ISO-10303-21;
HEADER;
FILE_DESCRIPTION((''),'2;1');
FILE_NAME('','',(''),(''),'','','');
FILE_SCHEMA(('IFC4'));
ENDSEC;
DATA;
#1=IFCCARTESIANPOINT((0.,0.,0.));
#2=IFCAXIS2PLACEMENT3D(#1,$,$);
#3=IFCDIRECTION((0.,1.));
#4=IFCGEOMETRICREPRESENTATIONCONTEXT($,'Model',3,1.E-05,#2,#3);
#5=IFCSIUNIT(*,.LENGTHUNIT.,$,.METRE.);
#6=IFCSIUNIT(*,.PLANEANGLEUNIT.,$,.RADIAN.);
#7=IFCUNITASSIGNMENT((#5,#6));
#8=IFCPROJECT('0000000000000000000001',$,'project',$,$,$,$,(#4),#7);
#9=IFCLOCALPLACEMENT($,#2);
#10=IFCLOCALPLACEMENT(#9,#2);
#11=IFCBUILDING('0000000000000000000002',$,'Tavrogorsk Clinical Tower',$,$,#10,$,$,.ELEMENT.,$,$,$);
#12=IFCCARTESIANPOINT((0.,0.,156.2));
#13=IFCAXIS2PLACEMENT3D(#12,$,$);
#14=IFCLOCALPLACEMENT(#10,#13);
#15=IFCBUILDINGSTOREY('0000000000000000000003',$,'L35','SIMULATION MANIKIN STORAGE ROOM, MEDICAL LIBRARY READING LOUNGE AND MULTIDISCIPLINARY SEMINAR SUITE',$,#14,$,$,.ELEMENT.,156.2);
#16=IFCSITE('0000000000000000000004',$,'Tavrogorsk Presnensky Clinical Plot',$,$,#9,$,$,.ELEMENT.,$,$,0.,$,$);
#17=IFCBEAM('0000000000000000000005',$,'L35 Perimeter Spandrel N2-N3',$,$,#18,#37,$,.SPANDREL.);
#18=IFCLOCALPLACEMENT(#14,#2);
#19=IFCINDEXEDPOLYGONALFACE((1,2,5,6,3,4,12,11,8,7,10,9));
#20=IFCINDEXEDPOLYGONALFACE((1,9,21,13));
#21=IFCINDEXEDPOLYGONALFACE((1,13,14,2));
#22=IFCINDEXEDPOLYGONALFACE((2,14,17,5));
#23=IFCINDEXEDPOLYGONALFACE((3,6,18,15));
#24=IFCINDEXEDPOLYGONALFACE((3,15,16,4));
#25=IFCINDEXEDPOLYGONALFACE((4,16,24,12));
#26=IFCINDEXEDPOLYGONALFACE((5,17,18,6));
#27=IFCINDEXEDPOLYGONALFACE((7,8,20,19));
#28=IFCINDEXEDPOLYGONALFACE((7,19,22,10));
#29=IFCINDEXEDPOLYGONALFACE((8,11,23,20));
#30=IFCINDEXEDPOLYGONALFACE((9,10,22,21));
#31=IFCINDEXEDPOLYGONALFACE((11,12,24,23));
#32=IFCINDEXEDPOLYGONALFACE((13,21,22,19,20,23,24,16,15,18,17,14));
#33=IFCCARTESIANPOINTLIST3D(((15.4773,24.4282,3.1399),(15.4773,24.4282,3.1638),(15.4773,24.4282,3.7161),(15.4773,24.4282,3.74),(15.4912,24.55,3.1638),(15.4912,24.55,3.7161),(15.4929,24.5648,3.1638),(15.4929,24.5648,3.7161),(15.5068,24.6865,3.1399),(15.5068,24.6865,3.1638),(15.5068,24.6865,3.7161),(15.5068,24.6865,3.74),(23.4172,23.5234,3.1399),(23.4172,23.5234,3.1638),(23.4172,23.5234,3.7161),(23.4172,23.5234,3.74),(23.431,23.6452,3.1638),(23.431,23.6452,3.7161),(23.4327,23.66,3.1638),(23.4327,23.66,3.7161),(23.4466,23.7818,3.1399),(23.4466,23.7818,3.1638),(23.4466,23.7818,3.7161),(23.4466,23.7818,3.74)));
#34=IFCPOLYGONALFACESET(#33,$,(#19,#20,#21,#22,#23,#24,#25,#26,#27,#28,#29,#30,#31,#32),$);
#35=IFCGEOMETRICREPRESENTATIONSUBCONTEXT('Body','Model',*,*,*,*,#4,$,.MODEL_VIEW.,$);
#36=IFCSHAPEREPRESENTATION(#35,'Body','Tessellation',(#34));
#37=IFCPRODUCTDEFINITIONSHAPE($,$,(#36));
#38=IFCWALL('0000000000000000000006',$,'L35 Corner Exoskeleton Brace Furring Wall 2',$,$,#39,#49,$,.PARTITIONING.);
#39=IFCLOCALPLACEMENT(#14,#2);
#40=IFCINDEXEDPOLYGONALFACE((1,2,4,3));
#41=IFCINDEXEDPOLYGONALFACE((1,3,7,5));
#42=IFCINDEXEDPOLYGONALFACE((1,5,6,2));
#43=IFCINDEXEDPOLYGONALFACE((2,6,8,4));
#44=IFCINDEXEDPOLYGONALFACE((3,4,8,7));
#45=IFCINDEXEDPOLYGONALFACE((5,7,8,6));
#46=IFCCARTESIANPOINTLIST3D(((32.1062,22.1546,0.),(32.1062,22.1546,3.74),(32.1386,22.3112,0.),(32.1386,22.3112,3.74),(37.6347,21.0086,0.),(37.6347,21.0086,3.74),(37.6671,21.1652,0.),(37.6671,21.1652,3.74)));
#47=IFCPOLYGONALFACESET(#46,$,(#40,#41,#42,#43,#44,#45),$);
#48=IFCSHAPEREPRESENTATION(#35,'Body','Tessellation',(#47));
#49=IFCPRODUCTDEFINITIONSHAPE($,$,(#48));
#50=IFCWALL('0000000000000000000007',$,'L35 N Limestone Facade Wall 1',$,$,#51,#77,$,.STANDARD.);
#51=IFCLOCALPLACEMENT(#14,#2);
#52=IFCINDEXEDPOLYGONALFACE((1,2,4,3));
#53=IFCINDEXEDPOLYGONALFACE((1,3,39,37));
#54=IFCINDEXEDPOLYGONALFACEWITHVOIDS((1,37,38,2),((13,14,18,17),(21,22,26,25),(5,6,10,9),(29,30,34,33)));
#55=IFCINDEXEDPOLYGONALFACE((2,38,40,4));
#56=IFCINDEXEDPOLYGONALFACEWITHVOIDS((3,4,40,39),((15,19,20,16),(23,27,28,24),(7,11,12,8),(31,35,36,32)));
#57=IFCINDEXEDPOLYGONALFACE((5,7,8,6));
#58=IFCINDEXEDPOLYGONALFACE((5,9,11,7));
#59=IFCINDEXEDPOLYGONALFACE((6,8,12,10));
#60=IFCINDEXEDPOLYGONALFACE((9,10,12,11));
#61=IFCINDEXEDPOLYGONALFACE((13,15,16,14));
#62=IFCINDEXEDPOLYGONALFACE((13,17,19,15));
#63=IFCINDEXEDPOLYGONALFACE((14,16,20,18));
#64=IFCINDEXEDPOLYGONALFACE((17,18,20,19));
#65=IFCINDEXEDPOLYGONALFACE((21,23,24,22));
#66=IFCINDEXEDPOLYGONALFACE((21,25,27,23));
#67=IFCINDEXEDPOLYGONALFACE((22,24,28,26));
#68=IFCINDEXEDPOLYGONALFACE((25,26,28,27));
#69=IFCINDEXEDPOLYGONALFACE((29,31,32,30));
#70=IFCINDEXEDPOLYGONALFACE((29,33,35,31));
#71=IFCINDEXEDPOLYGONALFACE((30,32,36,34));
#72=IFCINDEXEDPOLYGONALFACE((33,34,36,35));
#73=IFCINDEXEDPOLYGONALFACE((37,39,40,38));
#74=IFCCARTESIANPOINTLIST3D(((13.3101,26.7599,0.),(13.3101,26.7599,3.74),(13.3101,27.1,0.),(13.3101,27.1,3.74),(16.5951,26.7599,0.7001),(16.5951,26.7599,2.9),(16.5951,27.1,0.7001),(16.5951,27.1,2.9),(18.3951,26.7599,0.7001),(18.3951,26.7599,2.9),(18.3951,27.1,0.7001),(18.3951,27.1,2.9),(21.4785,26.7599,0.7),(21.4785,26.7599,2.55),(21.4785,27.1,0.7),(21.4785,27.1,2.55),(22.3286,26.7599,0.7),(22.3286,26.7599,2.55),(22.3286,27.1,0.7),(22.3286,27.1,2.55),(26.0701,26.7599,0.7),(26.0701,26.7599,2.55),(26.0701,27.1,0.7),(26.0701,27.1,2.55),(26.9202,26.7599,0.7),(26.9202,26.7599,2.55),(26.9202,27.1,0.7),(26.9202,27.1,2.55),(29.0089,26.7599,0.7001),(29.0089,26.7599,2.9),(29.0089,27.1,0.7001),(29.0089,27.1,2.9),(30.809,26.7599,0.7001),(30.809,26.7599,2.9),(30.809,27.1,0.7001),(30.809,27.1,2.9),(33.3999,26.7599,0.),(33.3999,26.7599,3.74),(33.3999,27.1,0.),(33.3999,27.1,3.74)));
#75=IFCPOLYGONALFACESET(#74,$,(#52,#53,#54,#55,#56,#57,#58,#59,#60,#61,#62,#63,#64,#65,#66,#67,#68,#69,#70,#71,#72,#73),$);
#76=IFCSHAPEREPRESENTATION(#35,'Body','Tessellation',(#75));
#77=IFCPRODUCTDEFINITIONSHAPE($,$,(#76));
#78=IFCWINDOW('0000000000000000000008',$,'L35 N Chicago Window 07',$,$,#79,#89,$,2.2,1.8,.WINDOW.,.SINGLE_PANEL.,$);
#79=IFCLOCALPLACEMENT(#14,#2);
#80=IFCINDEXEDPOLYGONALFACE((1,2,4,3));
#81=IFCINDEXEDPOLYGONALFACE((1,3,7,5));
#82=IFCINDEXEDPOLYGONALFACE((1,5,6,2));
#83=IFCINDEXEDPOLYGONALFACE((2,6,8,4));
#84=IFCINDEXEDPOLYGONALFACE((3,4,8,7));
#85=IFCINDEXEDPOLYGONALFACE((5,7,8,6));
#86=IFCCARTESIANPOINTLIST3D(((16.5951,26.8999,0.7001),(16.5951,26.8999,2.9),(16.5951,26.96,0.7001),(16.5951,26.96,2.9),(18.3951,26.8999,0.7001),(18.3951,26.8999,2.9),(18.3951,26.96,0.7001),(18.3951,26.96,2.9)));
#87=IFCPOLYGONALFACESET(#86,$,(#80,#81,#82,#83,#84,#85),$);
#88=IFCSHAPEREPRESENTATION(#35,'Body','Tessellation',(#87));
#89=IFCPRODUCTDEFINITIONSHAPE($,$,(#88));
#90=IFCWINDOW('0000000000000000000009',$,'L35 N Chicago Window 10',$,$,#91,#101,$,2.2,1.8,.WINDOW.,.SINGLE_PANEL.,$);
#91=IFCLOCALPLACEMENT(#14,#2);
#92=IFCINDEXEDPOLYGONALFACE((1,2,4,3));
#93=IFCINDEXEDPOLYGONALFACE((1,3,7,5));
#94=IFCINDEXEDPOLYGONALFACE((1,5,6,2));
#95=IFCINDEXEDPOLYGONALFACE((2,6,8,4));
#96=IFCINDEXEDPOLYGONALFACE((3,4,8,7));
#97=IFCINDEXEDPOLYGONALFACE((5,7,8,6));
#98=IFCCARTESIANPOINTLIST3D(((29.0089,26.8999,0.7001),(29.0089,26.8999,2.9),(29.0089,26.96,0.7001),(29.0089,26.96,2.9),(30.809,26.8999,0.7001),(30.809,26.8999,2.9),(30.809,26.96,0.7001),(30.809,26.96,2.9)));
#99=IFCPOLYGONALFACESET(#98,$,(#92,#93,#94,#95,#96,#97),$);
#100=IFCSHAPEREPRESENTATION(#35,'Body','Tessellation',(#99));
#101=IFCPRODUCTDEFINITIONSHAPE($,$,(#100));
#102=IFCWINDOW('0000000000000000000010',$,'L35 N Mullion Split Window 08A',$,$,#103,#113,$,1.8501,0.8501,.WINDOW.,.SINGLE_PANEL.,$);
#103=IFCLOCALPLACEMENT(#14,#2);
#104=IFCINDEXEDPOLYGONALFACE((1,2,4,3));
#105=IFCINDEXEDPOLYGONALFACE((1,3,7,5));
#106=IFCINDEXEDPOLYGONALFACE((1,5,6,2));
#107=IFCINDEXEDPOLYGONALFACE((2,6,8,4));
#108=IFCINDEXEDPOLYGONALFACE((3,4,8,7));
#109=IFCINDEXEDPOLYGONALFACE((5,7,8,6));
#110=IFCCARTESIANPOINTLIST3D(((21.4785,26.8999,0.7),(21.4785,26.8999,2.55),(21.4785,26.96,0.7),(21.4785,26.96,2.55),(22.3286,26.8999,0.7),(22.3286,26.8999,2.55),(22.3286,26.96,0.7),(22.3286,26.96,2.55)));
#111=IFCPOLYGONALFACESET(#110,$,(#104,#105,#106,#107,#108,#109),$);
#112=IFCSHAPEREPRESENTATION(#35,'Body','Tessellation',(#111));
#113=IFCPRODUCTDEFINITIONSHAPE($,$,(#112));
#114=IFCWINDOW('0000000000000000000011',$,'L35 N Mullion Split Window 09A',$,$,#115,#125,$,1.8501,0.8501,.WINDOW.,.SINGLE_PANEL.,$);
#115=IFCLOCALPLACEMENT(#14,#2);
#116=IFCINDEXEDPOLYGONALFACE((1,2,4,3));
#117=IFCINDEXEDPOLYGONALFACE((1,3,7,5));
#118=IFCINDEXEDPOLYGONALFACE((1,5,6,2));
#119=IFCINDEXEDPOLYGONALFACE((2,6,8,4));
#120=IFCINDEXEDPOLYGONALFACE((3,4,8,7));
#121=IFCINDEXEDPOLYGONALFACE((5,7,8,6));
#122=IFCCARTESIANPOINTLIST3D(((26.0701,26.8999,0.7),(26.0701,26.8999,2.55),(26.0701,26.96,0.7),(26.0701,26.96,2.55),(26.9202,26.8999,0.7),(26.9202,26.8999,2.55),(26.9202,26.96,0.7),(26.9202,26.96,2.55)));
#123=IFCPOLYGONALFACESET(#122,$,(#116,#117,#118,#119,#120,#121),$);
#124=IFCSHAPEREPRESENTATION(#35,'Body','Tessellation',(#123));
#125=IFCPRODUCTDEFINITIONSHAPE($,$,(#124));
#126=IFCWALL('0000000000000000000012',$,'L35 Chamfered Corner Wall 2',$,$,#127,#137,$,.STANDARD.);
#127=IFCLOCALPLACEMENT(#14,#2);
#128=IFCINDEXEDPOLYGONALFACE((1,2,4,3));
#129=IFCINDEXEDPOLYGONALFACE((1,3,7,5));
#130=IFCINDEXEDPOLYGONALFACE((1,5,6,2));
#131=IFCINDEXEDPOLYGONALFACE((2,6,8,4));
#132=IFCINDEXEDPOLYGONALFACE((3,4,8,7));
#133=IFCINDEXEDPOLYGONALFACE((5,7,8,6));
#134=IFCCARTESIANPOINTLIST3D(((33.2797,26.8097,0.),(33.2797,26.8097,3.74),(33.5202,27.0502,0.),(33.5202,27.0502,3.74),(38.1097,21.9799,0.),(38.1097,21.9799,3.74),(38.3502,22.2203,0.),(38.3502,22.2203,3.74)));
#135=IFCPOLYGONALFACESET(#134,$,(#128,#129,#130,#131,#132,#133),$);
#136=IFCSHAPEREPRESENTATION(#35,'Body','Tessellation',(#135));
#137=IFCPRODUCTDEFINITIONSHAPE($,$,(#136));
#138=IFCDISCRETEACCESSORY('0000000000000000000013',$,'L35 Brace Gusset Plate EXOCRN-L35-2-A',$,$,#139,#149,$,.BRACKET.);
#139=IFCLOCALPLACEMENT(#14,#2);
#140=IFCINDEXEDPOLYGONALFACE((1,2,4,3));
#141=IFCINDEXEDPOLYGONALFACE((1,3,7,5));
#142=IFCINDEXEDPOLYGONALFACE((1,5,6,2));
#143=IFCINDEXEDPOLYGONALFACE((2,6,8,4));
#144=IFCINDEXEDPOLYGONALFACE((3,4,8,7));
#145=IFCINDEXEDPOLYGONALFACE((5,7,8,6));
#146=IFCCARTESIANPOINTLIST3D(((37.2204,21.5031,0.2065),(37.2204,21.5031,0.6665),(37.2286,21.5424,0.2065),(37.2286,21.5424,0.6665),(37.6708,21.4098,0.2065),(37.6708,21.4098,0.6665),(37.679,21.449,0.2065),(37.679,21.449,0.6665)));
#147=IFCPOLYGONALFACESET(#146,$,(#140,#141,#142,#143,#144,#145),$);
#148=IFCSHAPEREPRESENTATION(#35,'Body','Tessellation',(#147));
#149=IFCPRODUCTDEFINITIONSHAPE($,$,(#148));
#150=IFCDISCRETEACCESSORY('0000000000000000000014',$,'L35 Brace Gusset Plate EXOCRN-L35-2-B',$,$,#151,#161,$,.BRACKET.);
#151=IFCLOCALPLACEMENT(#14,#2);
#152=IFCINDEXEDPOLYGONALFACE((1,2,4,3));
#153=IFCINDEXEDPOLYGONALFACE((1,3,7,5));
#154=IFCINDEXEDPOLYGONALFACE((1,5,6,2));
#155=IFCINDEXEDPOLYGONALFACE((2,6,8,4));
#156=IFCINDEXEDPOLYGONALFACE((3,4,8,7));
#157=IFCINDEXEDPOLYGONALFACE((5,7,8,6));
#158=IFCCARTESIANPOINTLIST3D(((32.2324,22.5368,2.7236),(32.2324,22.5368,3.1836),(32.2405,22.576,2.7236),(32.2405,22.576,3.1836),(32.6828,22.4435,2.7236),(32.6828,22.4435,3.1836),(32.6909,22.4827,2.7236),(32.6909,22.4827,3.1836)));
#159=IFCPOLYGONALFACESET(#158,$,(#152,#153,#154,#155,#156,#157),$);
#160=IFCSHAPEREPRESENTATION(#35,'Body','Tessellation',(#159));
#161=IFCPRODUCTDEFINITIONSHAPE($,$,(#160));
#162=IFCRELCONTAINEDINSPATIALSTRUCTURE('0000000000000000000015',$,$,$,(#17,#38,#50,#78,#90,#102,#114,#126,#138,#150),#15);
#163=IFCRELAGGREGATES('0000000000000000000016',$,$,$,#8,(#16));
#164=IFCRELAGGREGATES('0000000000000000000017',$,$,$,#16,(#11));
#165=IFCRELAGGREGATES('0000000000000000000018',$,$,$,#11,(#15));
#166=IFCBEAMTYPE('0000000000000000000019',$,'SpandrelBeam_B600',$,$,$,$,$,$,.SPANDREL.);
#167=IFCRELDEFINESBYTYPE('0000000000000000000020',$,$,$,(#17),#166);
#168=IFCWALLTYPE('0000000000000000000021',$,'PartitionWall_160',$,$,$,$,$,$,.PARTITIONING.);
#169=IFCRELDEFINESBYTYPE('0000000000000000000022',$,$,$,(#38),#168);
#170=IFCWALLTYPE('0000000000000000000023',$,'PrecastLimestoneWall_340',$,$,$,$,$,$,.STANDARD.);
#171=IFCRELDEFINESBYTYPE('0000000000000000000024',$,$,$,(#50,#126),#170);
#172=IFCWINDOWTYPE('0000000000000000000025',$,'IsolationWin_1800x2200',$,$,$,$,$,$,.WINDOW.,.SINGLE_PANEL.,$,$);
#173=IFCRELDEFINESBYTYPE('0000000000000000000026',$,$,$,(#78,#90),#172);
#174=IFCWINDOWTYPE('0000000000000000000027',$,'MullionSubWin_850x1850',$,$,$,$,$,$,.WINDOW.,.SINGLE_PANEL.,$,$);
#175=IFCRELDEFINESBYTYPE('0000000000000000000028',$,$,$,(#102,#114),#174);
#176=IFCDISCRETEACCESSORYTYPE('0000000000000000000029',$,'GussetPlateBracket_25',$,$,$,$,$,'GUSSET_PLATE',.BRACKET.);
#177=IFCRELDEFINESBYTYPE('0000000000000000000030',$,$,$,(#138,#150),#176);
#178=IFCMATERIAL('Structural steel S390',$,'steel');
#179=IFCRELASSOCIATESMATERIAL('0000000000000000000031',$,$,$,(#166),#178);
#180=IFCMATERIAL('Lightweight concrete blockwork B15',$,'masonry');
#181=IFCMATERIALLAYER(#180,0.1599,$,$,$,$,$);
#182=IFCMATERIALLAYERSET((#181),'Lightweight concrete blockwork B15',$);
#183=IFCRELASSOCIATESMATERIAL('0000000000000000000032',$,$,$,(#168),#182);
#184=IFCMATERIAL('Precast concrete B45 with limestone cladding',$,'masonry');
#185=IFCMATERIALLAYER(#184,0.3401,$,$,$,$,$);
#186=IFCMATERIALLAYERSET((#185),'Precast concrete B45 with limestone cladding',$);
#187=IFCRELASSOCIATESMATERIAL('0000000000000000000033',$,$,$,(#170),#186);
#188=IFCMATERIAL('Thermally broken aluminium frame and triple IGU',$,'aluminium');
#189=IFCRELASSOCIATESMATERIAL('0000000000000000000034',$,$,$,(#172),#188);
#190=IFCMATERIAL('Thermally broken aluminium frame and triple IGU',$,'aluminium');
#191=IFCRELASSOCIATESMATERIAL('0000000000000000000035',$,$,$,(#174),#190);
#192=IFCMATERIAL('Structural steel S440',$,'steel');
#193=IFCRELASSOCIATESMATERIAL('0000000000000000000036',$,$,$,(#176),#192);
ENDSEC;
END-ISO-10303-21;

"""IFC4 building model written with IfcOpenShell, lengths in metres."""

from ifc_helpers import new_model, si_unit, direction, frame, frame_2d, origin, origin_2d, place, context, subcontext, project, spatial, rectangle, i_section, extrude, material, layer, layer_set, material_profile, profile_set, type_object, element, fill, save


model = new_model("IFC4")

# Units and contexts
model_context = context("Model", 3, precision=1e-05, world=origin(), true_north=direction((0.0, 1.0)))
body_context = subcontext(model_context, "Body", "Model", "MODEL_VIEW")
ifc_project = project(units=[si_unit("LENGTHUNIT", "METRE"), si_unit("PLANEANGLEUNIT", "RADIAN")], contexts=[model_context])

# Site, building, storey
site_placement = place(None, origin())
site = spatial("IfcSite", under=ifc_project, at=site_placement, Name="Tavrogorsk Presnensky Clinical Plot", CompositionType="ELEMENT", RefElevation=0.0)
building_placement = place(site_placement, origin())
building = spatial("IfcBuilding", under=site, at=building_placement, Name="Tavrogorsk Clinical Tower", CompositionType="ELEMENT")
storey_placement = place(building_placement, frame((0.0, 0.0, 156.2)))
storey = spatial("IfcBuildingStorey", under=building, at=storey_placement, Name="L35", Description="SIMULATION MANIKIN STORAGE ROOM, MEDICAL LIBRARY READING LOUNGE AND MULTIDISCIPLINARY SEMINAR SUITE", CompositionType="ELEMENT", Elevation=156.2)

# Beam
ifc_material_1 = material(Name="Structural steel S390", Category="steel")
ifc_material_profile_1 = material_profile(ifc_material_1, i_section(OverallWidth=0.26, OverallDepth=0.6001, WebThickness=0.0149, FlangeThickness=0.0239, at=origin_2d()), Name="B-600x260x15x24")
ifc_profile_set_1 = profile_set([ifc_material_profile_1], Name="Structural steel S390")
beam_type_1 = type_object("IfcBeamType", Name="SpandrelBeam_B600", PredefinedType="SPANDREL", material=ifc_profile_set_1)
beam_1_placement = place(storey_placement, frame((23.4319, 23.6526, 3.4399), z_axis=(-0.99357, 0.113221, 0.0), x_axis=(-0.113221, -0.99357, 0.0)))
element("IfcBeam", 1, at=beam_1_placement, inside=storey, type_object=beam_type_1, Name="L35 Perimeter Spandrel N2-N3", PredefinedType="SPANDREL", context=body_context, shape_type="SweptSolid", body=[
    extrude(i_section(OverallWidth=0.26, OverallDepth=0.6001, WebThickness=0.0149, FlangeThickness=0.0239, at=origin_2d()), origin(), (0.0, 0.0, 1.0), 7.9912),
])

# Wall
ifc_material_2 = material(Name="Lightweight concrete blockwork B15", Category="masonry")
ifc_layer_1 = layer(ifc_material_2, 0.1599)
ifc_layer_set_1 = layer_set([ifc_layer_1], Name="Lightweight concrete blockwork B15")
wall_type_1 = type_object("IfcWallType", Name="PartitionWall_160", PredefinedType="PARTITIONING", material=ifc_layer_set_1)
wall_1_placement = place(storey_placement, frame((37.6509, 21.0869, 0.0), z_axis=(0.0, 0.0, 1.0), x_axis=(-0.979185, 0.202972, 0.0)))
element("IfcWall", 2, at=wall_1_placement, inside=storey, type_object=wall_type_1, Name="L35 Corner Exoskeleton Brace Furring Wall 2", PredefinedType="PARTITIONING", context=body_context, shape_type="SweptSolid", body=[
    extrude(rectangle(XDim=5.646, YDim=0.1599, at=frame_2d((2.823, 0.0))), origin(), (0.0, 0.0, 1.0), 3.74),
])

# Wall, openings, windows
ifc_material_3 = material(Name="Precast concrete B45 with limestone cladding", Category="masonry")
ifc_layer_2 = layer(ifc_material_3, 0.3401)
ifc_layer_set_2 = layer_set([ifc_layer_2], Name="Precast concrete B45 with limestone cladding")
wall_type_2 = type_object("IfcWallType", Name="PrecastLimestoneWall_340", PredefinedType="STANDARD", material=ifc_layer_set_2)
wall_2_placement = place(storey_placement, frame((33.3999, 26.9299, 0.0), z_axis=(0.0, 0.0, 1.0), x_axis=(-1.0, 0.0, 0.0)))
wall_2 = element("IfcWall", 3, at=wall_2_placement, inside=storey, type_object=wall_type_2, Name="L35 N Limestone Facade Wall 1", PredefinedType="STANDARD", context=body_context, shape_type="SweptSolid", body=[
    extrude(rectangle(XDim=20.0898, YDim=0.3401, at=frame_2d((10.0449, 0.0))), origin(), (0.0, 0.0, 1.0), 3.74),
])
opening_1_placement = place(wall_2_placement, frame((15.0049, 0.0, 0.7)))
opening_1 = element("IfcOpeningElement", 4, at=opening_1_placement, cuts=wall_2, PredefinedType="OPENING", context=body_context, shape_type="SweptSolid", body=[
    extrude(rectangle(XDim=1.8, YDim=2.2, at=frame_2d((0.8999, 1.1001))), frame((0.0, 0.1799, 0.0), z_axis=(0.0, -1.0, 0.0), x_axis=(1.0, 0.0, 0.0)), (0.0, 0.0, 1.0), 0.3601),
])
opening_2_placement = place(wall_2_placement, frame((11.0713, 0.0, 0.7)))
opening_2 = element("IfcOpeningElement", 5, at=opening_2_placement, cuts=wall_2, PredefinedType="OPENING", context=body_context, shape_type="SweptSolid", body=[
    extrude(rectangle(XDim=0.8501, YDim=1.8501, at=frame_2d((0.425, 0.925))), frame((0.0, 0.1799, 0.0), z_axis=(0.0, -1.0, 0.0), x_axis=(1.0, 0.0, 0.0)), (0.0, 0.0, 1.0), 0.3601),
])
opening_3_placement = place(wall_2_placement, frame((6.4797, 0.0, 0.7)))
opening_3 = element("IfcOpeningElement", 6, at=opening_3_placement, cuts=wall_2, PredefinedType="OPENING", context=body_context, shape_type="SweptSolid", body=[
    extrude(rectangle(XDim=0.8501, YDim=1.8501, at=frame_2d((0.425, 0.925))), frame((0.0, 0.1799, 0.0), z_axis=(0.0, -1.0, 0.0), x_axis=(1.0, 0.0, 0.0)), (0.0, 0.0, 1.0), 0.3601),
])
opening_4_placement = place(wall_2_placement, frame((2.5911, 0.0, 0.7)))
opening_4 = element("IfcOpeningElement", 7, at=opening_4_placement, cuts=wall_2, PredefinedType="OPENING", context=body_context, shape_type="SweptSolid", body=[
    extrude(rectangle(XDim=1.8, YDim=2.2, at=frame_2d((0.8999, 1.1001))), frame((0.0, 0.1799, 0.0), z_axis=(0.0, -1.0, 0.0), x_axis=(1.0, 0.0, 0.0)), (0.0, 0.0, 1.0), 0.3601),
])
ifc_material_4 = material(Name="Thermally broken aluminium frame and triple IGU", Category="aluminium")
window_type_1 = type_object("IfcWindowType", Name="IsolationWin_1800x2200", PartitioningType="SINGLE_PANEL", PredefinedType="WINDOW", material=ifc_material_4)
window_1_placement = place(opening_1_placement, origin())
window_1 = element("IfcWindow", 8, at=window_1_placement, inside=storey, type_object=window_type_1, Name="L35 N Chicago Window 07", OverallHeight=2.2, OverallWidth=1.8, PartitioningType="SINGLE_PANEL", PredefinedType="WINDOW", context=body_context, shape_type="SweptSolid", body=[
    extrude(rectangle(XDim=1.8, YDim=2.2, at=frame_2d((0.8999, 1.1001))), frame((0.0, 0.03, 0.0), z_axis=(0.0, -1.0, 0.0), x_axis=(1.0, 0.0, 0.0)), (0.0, 0.0, 1.0), 0.0601),
])
fill(opening_1, window_1)
window_2_placement = place(opening_4_placement, origin())
window_2 = element("IfcWindow", 9, at=window_2_placement, inside=storey, type_object=window_type_1, Name="L35 N Chicago Window 10", OverallHeight=2.2, OverallWidth=1.8, PartitioningType="SINGLE_PANEL", PredefinedType="WINDOW", context=body_context, shape_type="SweptSolid", body=[
    extrude(rectangle(XDim=1.8, YDim=2.2, at=frame_2d((0.8999, 1.1001))), frame((0.0, 0.03, 0.0), z_axis=(0.0, -1.0, 0.0), x_axis=(1.0, 0.0, 0.0)), (0.0, 0.0, 1.0), 0.0601),
])
fill(opening_4, window_2)
ifc_material_5 = material(Name="Thermally broken aluminium frame and triple IGU", Category="aluminium")
window_type_2 = type_object("IfcWindowType", Name="MullionSubWin_850x1850", PartitioningType="SINGLE_PANEL", PredefinedType="WINDOW", material=ifc_material_5)
window_3_placement = place(opening_2_placement, origin())
window_3 = element("IfcWindow", 10, at=window_3_placement, inside=storey, type_object=window_type_2, Name="L35 N Mullion Split Window 08A", OverallHeight=1.8501, OverallWidth=0.8501, PartitioningType="SINGLE_PANEL", PredefinedType="WINDOW", context=body_context, shape_type="SweptSolid", body=[
    extrude(rectangle(XDim=0.8501, YDim=1.8501, at=frame_2d((0.425, 0.925))), frame((0.0, 0.03, 0.0), z_axis=(0.0, -1.0, 0.0), x_axis=(1.0, 0.0, 0.0)), (0.0, 0.0, 1.0), 0.0601),
])
fill(opening_2, window_3)
window_4_placement = place(opening_3_placement, origin())
window_4 = element("IfcWindow", 11, at=window_4_placement, inside=storey, type_object=window_type_2, Name="L35 N Mullion Split Window 09A", OverallHeight=1.8501, OverallWidth=0.8501, PartitioningType="SINGLE_PANEL", PredefinedType="WINDOW", context=body_context, shape_type="SweptSolid", body=[
    extrude(rectangle(XDim=0.8501, YDim=1.8501, at=frame_2d((0.425, 0.925))), frame((0.0, 0.03, 0.0), z_axis=(0.0, -1.0, 0.0), x_axis=(1.0, 0.0, 0.0)), (0.0, 0.0, 1.0), 0.0601),
])
fill(opening_3, window_4)

# Wall
wall_3_placement = place(storey_placement, frame((38.23, 22.1001, 0.0), z_axis=(0.0, 0.0, 1.0), x_axis=(-0.707125, 0.707089, 0.0)))
element("IfcWall", 12, at=wall_3_placement, inside=storey, type_object=wall_type_2, Name="L35 Chamfered Corner Wall 2", PredefinedType="STANDARD", context=body_context, shape_type="SweptSolid", body=[
    extrude(rectangle(XDim=6.8306, YDim=0.3401, at=frame_2d((3.4153, 0.0))), origin(), (0.0, 0.0, 1.0), 3.74),
])

# Discrete accessories
ifc_material_6 = material(Name="Structural steel S440", Category="steel")
discrete_accessory_type = type_object("IfcDiscreteAccessoryType", Name="GussetPlateBracket_25", ElementType="GUSSET_PLATE", PredefinedType="BRACKET", material=ifc_material_6)
for number, where, z_axis, x_axis, name in (
    (13, (37.4497, 21.4761, 0.2065), (0.0, 0.0, 1.0), (-0.979187, 0.202958, 0.0), "L35 Brace Gusset Plate EXOCRN-L35-2-A"),
    (14, (32.4617, 22.5098, 2.7236), (0.0, 0.0, 1.0), (-0.979187, 0.202958, 0.0), "L35 Brace Gusset Plate EXOCRN-L35-2-B"),
):
    element("IfcDiscreteAccessory", number, at=place(storey_placement, frame(where, z_axis=z_axis, x_axis=x_axis)), inside=storey, type_object=discrete_accessory_type, Name=name, PredefinedType="BRACKET", context=body_context, shape_type="SweptSolid", body=[
        extrude(rectangle(XDim=0.46, YDim=0.04, at=origin_2d()), origin(), (0.0, 0.0, 1.0), 0.46),
    ])

save(model, "model.ifc")
